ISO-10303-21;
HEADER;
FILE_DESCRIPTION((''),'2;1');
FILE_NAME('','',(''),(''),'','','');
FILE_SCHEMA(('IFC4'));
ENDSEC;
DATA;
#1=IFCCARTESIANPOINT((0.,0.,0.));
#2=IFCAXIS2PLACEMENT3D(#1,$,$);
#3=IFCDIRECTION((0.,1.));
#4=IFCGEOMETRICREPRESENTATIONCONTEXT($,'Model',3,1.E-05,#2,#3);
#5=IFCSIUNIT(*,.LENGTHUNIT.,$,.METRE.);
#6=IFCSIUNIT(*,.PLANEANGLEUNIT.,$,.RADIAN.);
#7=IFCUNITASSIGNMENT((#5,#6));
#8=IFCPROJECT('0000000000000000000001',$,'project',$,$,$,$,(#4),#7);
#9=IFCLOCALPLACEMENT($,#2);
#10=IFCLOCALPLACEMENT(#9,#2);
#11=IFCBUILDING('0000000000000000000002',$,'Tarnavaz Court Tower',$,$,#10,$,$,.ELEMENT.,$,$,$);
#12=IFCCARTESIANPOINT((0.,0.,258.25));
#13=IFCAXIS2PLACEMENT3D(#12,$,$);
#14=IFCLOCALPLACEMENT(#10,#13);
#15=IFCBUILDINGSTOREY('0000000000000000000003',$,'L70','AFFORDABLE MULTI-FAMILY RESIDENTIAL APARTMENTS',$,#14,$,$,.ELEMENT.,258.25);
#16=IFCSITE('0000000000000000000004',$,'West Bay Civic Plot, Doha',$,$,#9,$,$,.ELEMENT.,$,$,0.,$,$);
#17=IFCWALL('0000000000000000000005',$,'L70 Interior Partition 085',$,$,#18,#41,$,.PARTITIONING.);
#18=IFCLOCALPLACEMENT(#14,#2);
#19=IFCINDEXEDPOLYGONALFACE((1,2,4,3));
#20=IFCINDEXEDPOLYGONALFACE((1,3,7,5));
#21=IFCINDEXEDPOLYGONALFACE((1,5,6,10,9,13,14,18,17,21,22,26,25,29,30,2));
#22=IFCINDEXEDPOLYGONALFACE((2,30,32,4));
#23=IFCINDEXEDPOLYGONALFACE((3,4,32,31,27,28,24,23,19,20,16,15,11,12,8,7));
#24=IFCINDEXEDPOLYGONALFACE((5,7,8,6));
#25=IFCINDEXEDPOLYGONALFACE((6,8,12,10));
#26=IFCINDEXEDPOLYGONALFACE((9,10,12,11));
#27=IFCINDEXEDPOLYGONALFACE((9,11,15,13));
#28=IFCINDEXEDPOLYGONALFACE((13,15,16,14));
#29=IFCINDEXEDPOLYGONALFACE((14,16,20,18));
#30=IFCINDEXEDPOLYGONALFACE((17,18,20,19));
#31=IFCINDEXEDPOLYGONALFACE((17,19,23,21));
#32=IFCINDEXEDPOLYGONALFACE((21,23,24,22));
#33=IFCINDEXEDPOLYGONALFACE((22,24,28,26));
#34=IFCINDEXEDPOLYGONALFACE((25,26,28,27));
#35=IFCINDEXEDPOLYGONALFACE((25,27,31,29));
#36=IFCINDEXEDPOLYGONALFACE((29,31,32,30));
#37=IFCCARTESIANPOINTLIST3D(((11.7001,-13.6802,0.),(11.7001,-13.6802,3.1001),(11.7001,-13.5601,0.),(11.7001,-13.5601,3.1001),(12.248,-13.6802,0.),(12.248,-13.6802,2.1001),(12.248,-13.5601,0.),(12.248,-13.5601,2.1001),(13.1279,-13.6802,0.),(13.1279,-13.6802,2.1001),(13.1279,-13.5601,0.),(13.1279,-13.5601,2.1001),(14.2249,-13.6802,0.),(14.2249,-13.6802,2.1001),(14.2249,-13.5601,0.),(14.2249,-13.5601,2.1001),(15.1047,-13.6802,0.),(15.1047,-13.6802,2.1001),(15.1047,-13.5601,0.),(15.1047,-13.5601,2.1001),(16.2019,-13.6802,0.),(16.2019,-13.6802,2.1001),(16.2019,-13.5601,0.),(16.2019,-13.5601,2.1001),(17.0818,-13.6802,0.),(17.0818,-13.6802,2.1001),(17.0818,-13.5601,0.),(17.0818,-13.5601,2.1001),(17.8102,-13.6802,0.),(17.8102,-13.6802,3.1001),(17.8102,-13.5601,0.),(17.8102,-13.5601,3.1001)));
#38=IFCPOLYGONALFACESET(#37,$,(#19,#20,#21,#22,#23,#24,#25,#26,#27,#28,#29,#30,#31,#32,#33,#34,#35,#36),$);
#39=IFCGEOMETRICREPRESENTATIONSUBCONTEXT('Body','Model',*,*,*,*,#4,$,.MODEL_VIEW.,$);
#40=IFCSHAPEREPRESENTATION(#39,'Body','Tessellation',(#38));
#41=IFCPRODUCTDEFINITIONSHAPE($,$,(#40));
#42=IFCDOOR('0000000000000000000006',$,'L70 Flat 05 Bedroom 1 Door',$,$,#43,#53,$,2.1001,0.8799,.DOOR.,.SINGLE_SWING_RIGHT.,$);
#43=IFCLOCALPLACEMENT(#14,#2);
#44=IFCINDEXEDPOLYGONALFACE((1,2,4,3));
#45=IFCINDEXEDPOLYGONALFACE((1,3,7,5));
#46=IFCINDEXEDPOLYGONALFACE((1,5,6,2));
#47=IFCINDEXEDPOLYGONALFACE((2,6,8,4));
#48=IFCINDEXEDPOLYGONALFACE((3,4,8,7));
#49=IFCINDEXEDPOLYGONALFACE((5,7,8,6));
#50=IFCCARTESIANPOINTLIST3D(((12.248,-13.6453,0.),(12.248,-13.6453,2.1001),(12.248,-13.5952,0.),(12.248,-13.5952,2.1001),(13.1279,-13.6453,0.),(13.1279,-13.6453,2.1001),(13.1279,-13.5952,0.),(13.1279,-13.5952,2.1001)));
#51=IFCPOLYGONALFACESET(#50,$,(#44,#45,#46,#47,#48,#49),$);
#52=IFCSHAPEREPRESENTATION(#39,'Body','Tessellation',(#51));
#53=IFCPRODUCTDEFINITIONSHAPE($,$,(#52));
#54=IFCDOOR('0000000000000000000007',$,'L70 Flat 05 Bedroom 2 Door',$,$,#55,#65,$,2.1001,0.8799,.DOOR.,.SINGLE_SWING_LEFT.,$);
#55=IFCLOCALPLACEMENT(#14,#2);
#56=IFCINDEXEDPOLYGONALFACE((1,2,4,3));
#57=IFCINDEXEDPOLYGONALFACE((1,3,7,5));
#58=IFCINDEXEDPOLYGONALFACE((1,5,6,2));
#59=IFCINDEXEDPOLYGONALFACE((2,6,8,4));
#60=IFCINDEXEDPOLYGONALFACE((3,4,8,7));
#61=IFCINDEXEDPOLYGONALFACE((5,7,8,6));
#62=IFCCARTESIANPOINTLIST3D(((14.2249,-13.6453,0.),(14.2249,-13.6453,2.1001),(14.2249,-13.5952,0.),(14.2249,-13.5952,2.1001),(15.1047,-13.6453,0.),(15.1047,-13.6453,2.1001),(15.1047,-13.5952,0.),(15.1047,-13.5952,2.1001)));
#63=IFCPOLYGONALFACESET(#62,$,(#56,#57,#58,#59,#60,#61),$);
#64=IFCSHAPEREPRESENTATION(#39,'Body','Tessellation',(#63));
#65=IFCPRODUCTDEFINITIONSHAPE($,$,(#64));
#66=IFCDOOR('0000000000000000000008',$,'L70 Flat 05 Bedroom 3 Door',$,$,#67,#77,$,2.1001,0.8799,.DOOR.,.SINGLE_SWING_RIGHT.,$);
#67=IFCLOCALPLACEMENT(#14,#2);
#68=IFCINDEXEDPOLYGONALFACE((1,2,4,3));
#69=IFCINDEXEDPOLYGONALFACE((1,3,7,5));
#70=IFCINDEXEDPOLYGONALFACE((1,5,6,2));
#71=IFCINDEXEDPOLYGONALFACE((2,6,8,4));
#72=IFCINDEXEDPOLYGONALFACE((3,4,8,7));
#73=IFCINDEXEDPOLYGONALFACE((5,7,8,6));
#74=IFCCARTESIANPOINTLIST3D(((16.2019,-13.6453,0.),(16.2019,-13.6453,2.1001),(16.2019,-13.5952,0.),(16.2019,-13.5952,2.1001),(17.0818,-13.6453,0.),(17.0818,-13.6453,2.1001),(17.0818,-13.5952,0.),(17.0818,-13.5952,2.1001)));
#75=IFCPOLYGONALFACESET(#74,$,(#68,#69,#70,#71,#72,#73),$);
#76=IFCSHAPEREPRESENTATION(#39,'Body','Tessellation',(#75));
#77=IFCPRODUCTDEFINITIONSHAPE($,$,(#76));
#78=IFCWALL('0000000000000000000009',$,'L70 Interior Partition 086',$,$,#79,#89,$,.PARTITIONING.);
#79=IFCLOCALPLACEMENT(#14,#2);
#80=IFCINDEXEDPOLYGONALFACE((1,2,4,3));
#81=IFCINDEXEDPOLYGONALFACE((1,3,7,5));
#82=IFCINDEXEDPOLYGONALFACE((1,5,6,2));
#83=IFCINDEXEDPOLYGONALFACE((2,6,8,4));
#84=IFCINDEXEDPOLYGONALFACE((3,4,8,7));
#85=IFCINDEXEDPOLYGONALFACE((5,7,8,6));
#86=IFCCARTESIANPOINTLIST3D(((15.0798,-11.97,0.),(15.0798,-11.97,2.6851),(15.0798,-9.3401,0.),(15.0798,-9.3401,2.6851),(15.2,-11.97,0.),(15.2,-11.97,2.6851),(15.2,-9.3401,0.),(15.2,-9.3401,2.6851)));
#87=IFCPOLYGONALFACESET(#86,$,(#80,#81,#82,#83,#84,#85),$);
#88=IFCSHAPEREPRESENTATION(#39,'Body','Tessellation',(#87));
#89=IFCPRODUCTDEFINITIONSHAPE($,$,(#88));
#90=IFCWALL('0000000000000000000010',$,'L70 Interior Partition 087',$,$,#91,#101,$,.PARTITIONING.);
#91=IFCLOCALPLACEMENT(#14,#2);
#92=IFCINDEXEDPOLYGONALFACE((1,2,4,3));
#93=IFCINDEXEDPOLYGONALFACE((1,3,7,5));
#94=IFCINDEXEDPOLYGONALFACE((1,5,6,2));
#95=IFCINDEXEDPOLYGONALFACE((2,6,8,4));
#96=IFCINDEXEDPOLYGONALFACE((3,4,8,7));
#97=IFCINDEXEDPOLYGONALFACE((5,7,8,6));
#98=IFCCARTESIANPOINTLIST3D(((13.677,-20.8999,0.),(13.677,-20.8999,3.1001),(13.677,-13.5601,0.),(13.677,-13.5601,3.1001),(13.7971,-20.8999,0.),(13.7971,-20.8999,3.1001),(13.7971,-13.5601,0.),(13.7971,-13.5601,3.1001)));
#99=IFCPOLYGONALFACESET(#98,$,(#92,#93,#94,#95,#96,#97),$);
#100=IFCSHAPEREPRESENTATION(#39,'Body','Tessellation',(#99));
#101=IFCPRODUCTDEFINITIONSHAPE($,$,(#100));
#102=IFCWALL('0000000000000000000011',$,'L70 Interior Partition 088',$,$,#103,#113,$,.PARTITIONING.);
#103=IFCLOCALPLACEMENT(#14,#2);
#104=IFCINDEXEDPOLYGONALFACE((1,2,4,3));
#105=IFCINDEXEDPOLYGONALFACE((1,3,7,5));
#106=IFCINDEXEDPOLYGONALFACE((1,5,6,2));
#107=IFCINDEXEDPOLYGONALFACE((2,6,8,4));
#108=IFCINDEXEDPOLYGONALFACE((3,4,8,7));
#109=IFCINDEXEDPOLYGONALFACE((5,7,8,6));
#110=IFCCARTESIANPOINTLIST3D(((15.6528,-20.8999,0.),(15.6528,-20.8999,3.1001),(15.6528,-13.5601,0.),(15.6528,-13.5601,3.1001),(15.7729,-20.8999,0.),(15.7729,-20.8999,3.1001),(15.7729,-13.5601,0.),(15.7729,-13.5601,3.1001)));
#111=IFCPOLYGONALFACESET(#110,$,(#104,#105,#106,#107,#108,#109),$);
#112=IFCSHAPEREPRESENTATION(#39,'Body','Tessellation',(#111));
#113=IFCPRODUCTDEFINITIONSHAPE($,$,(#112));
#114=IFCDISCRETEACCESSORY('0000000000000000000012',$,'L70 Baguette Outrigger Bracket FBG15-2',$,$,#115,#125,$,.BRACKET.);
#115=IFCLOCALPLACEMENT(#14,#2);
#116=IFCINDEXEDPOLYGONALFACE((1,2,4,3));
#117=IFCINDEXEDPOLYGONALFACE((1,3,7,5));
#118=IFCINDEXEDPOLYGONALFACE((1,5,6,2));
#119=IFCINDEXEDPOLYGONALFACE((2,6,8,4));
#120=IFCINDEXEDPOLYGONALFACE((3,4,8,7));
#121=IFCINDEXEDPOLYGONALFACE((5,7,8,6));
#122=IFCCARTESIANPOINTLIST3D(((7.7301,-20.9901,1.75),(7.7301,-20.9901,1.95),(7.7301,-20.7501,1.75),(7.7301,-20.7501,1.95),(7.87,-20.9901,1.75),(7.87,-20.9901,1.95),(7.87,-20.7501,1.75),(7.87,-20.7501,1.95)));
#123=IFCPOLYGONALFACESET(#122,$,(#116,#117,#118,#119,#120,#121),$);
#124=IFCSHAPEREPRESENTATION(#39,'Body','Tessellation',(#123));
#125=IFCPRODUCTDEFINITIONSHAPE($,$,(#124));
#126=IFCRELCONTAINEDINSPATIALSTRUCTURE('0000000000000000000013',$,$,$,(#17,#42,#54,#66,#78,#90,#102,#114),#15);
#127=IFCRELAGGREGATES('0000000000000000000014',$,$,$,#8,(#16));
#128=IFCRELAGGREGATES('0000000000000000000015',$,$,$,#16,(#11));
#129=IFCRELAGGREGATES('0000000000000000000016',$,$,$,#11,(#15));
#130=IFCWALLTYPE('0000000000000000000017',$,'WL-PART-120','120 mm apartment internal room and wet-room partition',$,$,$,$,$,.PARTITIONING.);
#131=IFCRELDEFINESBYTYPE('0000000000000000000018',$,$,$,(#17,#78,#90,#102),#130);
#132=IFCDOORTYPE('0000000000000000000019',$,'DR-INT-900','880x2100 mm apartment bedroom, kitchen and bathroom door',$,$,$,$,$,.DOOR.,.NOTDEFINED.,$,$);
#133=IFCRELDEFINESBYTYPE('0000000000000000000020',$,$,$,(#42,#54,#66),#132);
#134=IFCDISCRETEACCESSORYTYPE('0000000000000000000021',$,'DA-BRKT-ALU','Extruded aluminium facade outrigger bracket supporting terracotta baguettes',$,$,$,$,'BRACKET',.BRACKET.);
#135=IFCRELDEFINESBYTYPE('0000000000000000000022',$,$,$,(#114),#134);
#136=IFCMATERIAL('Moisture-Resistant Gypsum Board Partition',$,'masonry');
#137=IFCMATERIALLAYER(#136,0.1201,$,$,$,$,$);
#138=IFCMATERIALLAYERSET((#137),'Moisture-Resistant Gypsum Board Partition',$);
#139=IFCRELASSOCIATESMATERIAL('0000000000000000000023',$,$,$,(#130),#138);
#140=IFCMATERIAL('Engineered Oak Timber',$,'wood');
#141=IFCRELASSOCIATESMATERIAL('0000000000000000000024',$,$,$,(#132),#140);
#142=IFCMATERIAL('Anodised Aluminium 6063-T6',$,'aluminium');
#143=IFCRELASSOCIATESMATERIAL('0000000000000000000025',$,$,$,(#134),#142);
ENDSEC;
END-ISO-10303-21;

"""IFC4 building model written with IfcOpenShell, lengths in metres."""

from ifc_helpers import new_model, si_unit, direction, frame, frame_2d, origin, origin_2d, place, context, subcontext, project, spatial, rectangle, extrude, material, layer, layer_set, type_object, element, fill, save


model = new_model("IFC4")

# Units and contexts
model_context = context("Model", 3, precision=1e-05, world=origin(), true_north=direction((0.0, 1.0)))
body_context = subcontext(model_context, "Body", "Model", "MODEL_VIEW")
ifc_project = project(units=[si_unit("LENGTHUNIT", "METRE"), si_unit("PLANEANGLEUNIT", "RADIAN")], contexts=[model_context])

# Site, building, storey
site_placement = place(None, origin())
site = spatial("IfcSite", under=ifc_project, at=site_placement, Name="West Bay Civic Plot, Doha", CompositionType="ELEMENT", RefElevation=0.0)
building_placement = place(site_placement, origin())
building = spatial("IfcBuilding", under=site, at=building_placement, Name="Tarnavaz Court Tower", CompositionType="ELEMENT")
storey_placement = place(building_placement, frame((0.0, 0.0, 258.25)))
storey = spatial("IfcBuildingStorey", under=building, at=storey_placement, Name="L70", Description="AFFORDABLE MULTI-FAMILY RESIDENTIAL APARTMENTS", CompositionType="ELEMENT", Elevation=258.25)

# Shared definitions
ifc_material_1 = material(Name="Moisture-Resistant Gypsum Board Partition", Category="masonry")
ifc_layer_1 = layer(ifc_material_1, 0.1201)
ifc_layer_set_1 = layer_set([ifc_layer_1], Name="Moisture-Resistant Gypsum Board Partition")
wall_type_1 = type_object("IfcWallType", Name="WL-PART-120", Description="120 mm apartment internal room and wet-room partition", PredefinedType="PARTITIONING", material=ifc_layer_set_1)
ifc_material_2 = material(Name="Engineered Oak Timber", Category="wood")
door_type_1 = type_object("IfcDoorType", Name="DR-INT-900", Description="880x2100 mm apartment bedroom, kitchen and bathroom door", OperationType="NOTDEFINED", PredefinedType="DOOR", material=ifc_material_2)

# Wall, openings, doors
wall_1_placement = place(storey_placement, frame((11.7, -13.6201, 0.0), z_axis=(0.0, 0.0, 1.0), x_axis=(1.0, 0.0, 0.0)))
wall_1 = element("IfcWall", 1, at=wall_1_placement, inside=storey, type_object=wall_type_1, Name="L70 Interior Partition 085", PredefinedType="PARTITIONING", context=body_context, shape_type="SweptSolid", body=[
    extrude(rectangle(XDim=6.1101, YDim=0.1201, at=frame_2d((3.0552, 0.0))), origin(), (0.0, 0.0, 1.0), 3.1001),
])
opening_1_placement = place(wall_1_placement, frame((0.5481, 0.0, 0.0)))
opening_1 = element("IfcOpeningElement", 2, at=opening_1_placement, cuts=wall_1, PredefinedType="OPENING", context=body_context, shape_type="SweptSolid", body=[
    extrude(rectangle(XDim=0.8799, YDim=2.1001, at=frame_2d((0.4399, 1.05))), frame((0.0, 0.0701, 0.0), z_axis=(0.0, -1.0, 0.0), x_axis=(1.0, 0.0, 0.0)), (0.0, 0.0, 1.0), 0.1401),
])
opening_2_placement = place(wall_1_placement, frame((2.5249, 0.0, 0.0)))
opening_2 = element("IfcOpeningElement", 3, at=opening_2_placement, cuts=wall_1, PredefinedType="OPENING", context=body_context, shape_type="SweptSolid", body=[
    extrude(rectangle(XDim=0.8799, YDim=2.1001, at=frame_2d((0.4399, 1.05))), frame((0.0, 0.0701, 0.0), z_axis=(0.0, -1.0, 0.0), x_axis=(1.0, 0.0, 0.0)), (0.0, 0.0, 1.0), 0.1401),
])
opening_3_placement = place(wall_1_placement, frame((4.502, 0.0, 0.0)))
opening_3 = element("IfcOpeningElement", 4, at=opening_3_placement, cuts=wall_1, PredefinedType="OPENING", context=body_context, shape_type="SweptSolid", body=[
    extrude(rectangle(XDim=0.8799, YDim=2.1001, at=frame_2d((0.4399, 1.05))), frame((0.0, 0.0701, 0.0), z_axis=(0.0, -1.0, 0.0), x_axis=(1.0, 0.0, 0.0)), (0.0, 0.0, 1.0), 0.1401),
])
door_1_placement = place(opening_1_placement, origin())
door_1 = element("IfcDoor", 5, at=door_1_placement, inside=storey, type_object=door_type_1, Name="L70 Flat 05 Bedroom 1 Door", OperationType="SINGLE_SWING_RIGHT", OverallHeight=2.1001, OverallWidth=0.8799, PredefinedType="DOOR", context=body_context, shape_type="SweptSolid", body=[
    extrude(rectangle(XDim=0.8799, YDim=2.1001, at=frame_2d((0.4399, 1.05))), frame((0.0, 0.0249, 0.0), z_axis=(0.0, -1.0, 0.0), x_axis=(1.0, 0.0, 0.0)), (0.0, 0.0, 1.0), 0.05),
])
fill(opening_1, door_1)
door_2_placement = place(opening_2_placement, origin())
door_2 = element("IfcDoor", 6, at=door_2_placement, inside=storey, type_object=door_type_1, Name="L70 Flat 05 Bedroom 2 Door", OperationType="SINGLE_SWING_LEFT", OverallHeight=2.1001, OverallWidth=0.8799, PredefinedType="DOOR", context=body_context, shape_type="SweptSolid", body=[
    extrude(rectangle(XDim=0.8799, YDim=2.1001, at=frame_2d((0.4399, 1.05))), frame((0.0, 0.0249, 0.0), z_axis=(0.0, -1.0, 0.0), x_axis=(1.0, 0.0, 0.0)), (0.0, 0.0, 1.0), 0.05),
])
fill(opening_2, door_2)
door_3_placement = place(opening_3_placement, origin())
door_3 = element("IfcDoor", 7, at=door_3_placement, inside=storey, type_object=door_type_1, Name="L70 Flat 05 Bedroom 3 Door", OperationType="SINGLE_SWING_RIGHT", OverallHeight=2.1001, OverallWidth=0.8799, PredefinedType="DOOR", context=body_context, shape_type="SweptSolid", body=[
    extrude(rectangle(XDim=0.8799, YDim=2.1001, at=frame_2d((0.4399, 1.05))), frame((0.0, 0.0249, 0.0), z_axis=(0.0, -1.0, 0.0), x_axis=(1.0, 0.0, 0.0)), (0.0, 0.0, 1.0), 0.05),
])
fill(opening_3, door_3)

# Walls
wall_2_placement = place(storey_placement, frame((15.1399, -11.97, 0.0), z_axis=(0.0, 0.0, 1.0), x_axis=(0.0, 1.0, 0.0)))
element("IfcWall", 8, at=wall_2_placement, inside=storey, type_object=wall_type_1, Name="L70 Interior Partition 086", PredefinedType="PARTITIONING", context=body_context, shape_type="SweptSolid", body=[
    extrude(rectangle(XDim=2.6299, YDim=0.1201, at=frame_2d((1.3149, 0.0))), origin(), (0.0, 0.0, 1.0), 2.6851),
])
for number, where, z_axis, x_axis, name in (
    (9, (13.7371, -20.8999, 0.0), (0.0, 0.0, 1.0), (0.0, 1.0, 0.0), "L70 Interior Partition 087"),
    (10, (15.7129, -20.8999, 0.0), (0.0, 0.0, 1.0), (0.0, 1.0, 0.0), "L70 Interior Partition 088"),
):
    element("IfcWall", number, at=place(storey_placement, frame(where, z_axis=z_axis, x_axis=x_axis)), inside=storey, type_object=wall_type_1, Name=name, PredefinedType="PARTITIONING", context=body_context, shape_type="SweptSolid", body=[
        extrude(rectangle(XDim=7.3398, YDim=0.1201, at=frame_2d((3.6699, 0.0))), origin(), (0.0, 0.0, 1.0), 3.1001),
    ])

# Discrete accessory
ifc_material_3 = material(Name="Anodised Aluminium 6063-T6", Category="aluminium")
discrete_accessory_type = type_object("IfcDiscreteAccessoryType", Name="DA-BRKT-ALU", Description="Extruded aluminium facade outrigger bracket supporting terracotta baguettes", ElementType="BRACKET", PredefinedType="BRACKET", material=ifc_material_3)
discrete_accessory_placement = place(storey_placement, frame((7.8, -20.8701, 1.75), z_axis=(0.0, 0.0, 1.0), x_axis=(-1.0, 0.0, 0.0)))
element("IfcDiscreteAccessory", 11, at=discrete_accessory_placement, inside=storey, type_object=discrete_accessory_type, Name="L70 Baguette Outrigger Bracket FBG15-2", PredefinedType="BRACKET", context=body_context, shape_type="SweptSolid", body=[
    extrude(rectangle(XDim=0.1399, YDim=0.24, at=origin_2d()), origin(), (0.0, 0.0, 1.0), 0.2),
])

save(model, "model.ifc")
